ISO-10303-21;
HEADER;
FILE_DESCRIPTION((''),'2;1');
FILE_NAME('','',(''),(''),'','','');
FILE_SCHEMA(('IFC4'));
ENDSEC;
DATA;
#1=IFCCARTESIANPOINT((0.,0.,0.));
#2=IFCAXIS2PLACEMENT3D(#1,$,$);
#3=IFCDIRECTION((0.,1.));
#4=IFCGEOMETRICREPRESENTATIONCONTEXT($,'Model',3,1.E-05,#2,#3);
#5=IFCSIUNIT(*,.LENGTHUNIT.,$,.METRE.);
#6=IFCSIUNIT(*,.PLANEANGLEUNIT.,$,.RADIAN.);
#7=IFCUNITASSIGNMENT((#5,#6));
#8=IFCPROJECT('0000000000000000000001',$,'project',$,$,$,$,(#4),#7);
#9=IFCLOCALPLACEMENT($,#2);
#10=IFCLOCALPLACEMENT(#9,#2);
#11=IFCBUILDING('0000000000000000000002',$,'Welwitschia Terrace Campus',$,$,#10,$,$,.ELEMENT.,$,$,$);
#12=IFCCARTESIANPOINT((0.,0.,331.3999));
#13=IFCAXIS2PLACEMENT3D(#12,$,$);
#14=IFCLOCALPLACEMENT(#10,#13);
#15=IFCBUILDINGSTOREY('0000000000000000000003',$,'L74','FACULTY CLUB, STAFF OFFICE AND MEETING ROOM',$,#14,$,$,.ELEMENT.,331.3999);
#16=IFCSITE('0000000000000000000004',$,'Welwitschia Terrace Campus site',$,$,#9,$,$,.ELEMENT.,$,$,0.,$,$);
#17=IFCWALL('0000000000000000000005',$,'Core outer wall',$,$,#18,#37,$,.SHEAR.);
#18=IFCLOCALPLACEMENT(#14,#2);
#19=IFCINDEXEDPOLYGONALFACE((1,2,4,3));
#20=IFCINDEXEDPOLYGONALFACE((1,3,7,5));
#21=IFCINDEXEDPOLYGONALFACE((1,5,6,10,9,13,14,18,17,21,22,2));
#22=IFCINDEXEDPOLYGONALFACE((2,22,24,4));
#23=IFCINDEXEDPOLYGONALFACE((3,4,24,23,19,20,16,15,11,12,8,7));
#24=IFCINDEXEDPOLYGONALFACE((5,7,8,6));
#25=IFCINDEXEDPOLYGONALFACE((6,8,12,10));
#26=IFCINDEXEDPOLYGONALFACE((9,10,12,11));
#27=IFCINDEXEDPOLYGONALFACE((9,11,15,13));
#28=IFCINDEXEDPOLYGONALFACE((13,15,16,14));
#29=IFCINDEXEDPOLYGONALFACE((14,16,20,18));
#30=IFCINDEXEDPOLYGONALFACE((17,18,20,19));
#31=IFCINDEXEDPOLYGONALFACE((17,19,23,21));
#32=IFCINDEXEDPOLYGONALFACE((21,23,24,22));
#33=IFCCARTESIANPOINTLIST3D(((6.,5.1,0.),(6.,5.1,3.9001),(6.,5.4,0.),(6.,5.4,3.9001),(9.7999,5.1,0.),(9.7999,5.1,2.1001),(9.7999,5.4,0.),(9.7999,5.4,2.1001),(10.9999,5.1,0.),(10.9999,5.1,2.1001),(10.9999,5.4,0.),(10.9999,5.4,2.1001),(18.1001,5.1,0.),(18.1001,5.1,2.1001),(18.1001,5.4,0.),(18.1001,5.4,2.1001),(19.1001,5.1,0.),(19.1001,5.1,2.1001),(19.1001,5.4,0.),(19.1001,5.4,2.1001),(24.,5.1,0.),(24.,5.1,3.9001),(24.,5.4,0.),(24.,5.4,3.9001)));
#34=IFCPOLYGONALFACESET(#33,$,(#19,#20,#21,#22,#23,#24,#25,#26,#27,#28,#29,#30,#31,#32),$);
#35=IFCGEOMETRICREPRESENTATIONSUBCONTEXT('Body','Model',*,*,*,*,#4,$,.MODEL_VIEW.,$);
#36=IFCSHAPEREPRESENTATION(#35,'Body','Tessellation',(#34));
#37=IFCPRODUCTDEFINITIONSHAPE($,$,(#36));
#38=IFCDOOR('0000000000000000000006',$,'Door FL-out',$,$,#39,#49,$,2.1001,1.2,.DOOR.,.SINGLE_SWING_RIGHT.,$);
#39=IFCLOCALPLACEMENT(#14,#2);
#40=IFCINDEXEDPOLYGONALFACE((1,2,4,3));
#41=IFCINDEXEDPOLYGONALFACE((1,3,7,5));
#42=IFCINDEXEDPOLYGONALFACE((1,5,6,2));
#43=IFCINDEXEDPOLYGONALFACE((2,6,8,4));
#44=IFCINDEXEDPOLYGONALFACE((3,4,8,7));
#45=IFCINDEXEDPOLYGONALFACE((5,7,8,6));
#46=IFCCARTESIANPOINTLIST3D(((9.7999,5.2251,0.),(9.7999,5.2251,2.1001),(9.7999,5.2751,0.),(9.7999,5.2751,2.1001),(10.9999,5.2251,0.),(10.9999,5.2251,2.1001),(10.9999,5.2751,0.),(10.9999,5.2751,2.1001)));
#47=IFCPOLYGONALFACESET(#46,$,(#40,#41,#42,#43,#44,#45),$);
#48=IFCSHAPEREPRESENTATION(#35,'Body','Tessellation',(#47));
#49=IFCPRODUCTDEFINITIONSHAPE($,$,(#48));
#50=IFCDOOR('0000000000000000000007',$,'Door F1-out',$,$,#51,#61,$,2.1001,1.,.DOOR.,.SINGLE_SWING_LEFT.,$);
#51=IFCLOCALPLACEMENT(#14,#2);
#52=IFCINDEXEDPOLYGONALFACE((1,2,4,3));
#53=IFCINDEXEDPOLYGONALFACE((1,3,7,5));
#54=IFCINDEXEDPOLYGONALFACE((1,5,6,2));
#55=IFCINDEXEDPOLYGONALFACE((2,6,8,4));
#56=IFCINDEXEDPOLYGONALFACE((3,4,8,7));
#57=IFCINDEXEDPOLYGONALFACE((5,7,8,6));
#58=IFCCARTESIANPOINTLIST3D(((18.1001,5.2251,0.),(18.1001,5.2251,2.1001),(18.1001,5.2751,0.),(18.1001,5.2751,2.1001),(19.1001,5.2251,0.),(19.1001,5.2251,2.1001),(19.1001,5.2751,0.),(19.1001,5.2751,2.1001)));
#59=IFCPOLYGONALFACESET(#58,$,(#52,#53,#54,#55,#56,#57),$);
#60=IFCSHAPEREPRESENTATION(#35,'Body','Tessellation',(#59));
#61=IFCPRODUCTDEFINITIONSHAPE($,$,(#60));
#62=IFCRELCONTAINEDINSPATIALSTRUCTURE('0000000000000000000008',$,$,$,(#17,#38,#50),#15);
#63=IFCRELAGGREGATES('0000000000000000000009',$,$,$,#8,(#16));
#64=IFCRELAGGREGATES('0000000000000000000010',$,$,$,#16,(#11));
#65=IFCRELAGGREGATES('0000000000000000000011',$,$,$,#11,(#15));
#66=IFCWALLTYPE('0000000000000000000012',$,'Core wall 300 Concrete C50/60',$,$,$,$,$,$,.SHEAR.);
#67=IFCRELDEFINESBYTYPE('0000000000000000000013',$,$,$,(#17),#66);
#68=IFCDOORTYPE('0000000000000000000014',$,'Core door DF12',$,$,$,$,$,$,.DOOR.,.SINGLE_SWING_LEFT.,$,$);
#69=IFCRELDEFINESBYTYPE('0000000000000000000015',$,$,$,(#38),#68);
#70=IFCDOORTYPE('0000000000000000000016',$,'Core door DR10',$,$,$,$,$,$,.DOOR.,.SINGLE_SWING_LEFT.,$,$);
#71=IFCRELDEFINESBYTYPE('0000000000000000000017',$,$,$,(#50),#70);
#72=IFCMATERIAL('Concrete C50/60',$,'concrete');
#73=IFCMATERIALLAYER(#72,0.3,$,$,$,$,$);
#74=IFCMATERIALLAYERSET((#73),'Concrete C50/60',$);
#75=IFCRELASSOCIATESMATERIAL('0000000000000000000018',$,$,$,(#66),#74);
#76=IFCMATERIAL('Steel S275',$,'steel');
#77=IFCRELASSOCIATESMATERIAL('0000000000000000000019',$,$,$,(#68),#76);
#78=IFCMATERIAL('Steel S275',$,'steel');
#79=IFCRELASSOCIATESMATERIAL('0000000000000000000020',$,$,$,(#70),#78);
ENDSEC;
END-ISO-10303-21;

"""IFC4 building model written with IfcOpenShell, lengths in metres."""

from ifc_helpers import new_model, si_unit, direction, frame, frame_2d, origin, place, context, subcontext, project, spatial, rectangle, extrude, material, layer, layer_set, type_object, element, fill, save


model = new_model("IFC4")

# Units and contexts
model_context = context("Model", 3, precision=1e-05, world=origin(), true_north=direction((0.0, 1.0)))
body_context = subcontext(model_context, "Body", "Model", "MODEL_VIEW")
ifc_project = project(units=[si_unit("LENGTHUNIT", "METRE"), si_unit("PLANEANGLEUNIT", "RADIAN")], contexts=[model_context])

# Site, building, storey
site_placement = place(None, origin())
site = spatial("IfcSite", under=ifc_project, at=site_placement, Name="Welwitschia Terrace Campus site", CompositionType="ELEMENT", RefElevation=0.0)
building_placement = place(site_placement, origin())
building = spatial("IfcBuilding", under=site, at=building_placement, Name="Welwitschia Terrace Campus", CompositionType="ELEMENT")
storey_placement = place(building_placement, frame((0.0, 0.0, 331.3999)))
storey = spatial("IfcBuildingStorey", under=building, at=storey_placement, Name="L74", Description="FACULTY CLUB, STAFF OFFICE AND MEETING ROOM", CompositionType="ELEMENT", Elevation=331.3999)

# Wall, openings, doors
ifc_material_1 = material(Name="Concrete C50/60", Category="concrete")
ifc_layer_1 = layer(ifc_material_1, 0.3)
ifc_layer_set_1 = layer_set([ifc_layer_1], Name="Concrete C50/60")
wall_type_1 = type_object("IfcWallType", Name="Core wall 300 Concrete C50/60", PredefinedType="SHEAR", material=ifc_layer_set_1)
wall_1_placement = place(storey_placement, frame((24.0, 5.25, 0.0), z_axis=(0.0, 0.0, 1.0), x_axis=(-1.0, 0.0, 0.0)))
wall_1 = element("IfcWall", 1, at=wall_1_placement, inside=storey, type_object=wall_type_1, Name="Core outer wall", PredefinedType="SHEAR", context=body_context, shape_type="SweptSolid", body=[
    extrude(rectangle(XDim=18.0, YDim=0.3, at=frame_2d((9.0, 0.0))), origin(), (0.0, 0.0, 1.0), 3.9001),
])
opening_1_placement = place(wall_1_placement, frame((13.0, 0.0, 0.0)))
opening_1 = element("IfcOpeningElement", 2, at=opening_1_placement, cuts=wall_1, PredefinedType="OPENING", context=body_context, shape_type="SweptSolid", body=[
    extrude(rectangle(XDim=1.2, YDim=2.1001, at=frame_2d((0.6001, 1.05))), frame((0.0, 0.1599, 0.0), z_axis=(0.0, -1.0, 0.0), x_axis=(1.0, 0.0, 0.0)), (0.0, 0.0, 1.0), 0.3201),
])
opening_2_placement = place(wall_1_placement, frame((4.8999, 0.0, 0.0)))
opening_2 = element("IfcOpeningElement", 3, at=opening_2_placement, cuts=wall_1, PredefinedType="OPENING", context=body_context, shape_type="SweptSolid", body=[
    extrude(rectangle(XDim=1.0, YDim=2.1001, at=frame_2d((0.5, 1.05))), frame((0.0, 0.1599, 0.0), z_axis=(0.0, -1.0, 0.0), x_axis=(1.0, 0.0, 0.0)), (0.0, 0.0, 1.0), 0.3201),
])
ifc_material_2 = material(Name="Steel S275", Category="steel")
door_type_1 = type_object("IfcDoorType", Name="Core door DF12", OperationType="SINGLE_SWING_LEFT", PredefinedType="DOOR", material=ifc_material_2)
door_1_placement = place(opening_1_placement, origin())
door_1 = element("IfcDoor", 4, at=door_1_placement, inside=storey, type_object=door_type_1, Name="Door FL-out", OperationType="SINGLE_SWING_RIGHT", OverallHeight=2.1001, OverallWidth=1.2, PredefinedType="DOOR", context=body_context, shape_type="SweptSolid", body=[
    extrude(rectangle(XDim=1.2, YDim=2.1001, at=frame_2d((0.6001, 1.05))), frame((0.0, 0.0249, 0.0), z_axis=(0.0, -1.0, 0.0), x_axis=(1.0, 0.0, 0.0)), (0.0, 0.0, 1.0), 0.05),
])
fill(opening_1, door_1)
ifc_material_3 = material(Name="Steel S275", Category="steel")
door_type_2 = type_object("IfcDoorType", Name="Core door DR10", OperationType="SINGLE_SWING_LEFT", PredefinedType="DOOR", material=ifc_material_3)
door_2_placement = place(opening_2_placement, origin())
door_2 = element("IfcDoor", 5, at=door_2_placement, inside=storey, type_object=door_type_2, Name="Door F1-out", OperationType="SINGLE_SWING_LEFT", OverallHeight=2.1001, OverallWidth=1.0, PredefinedType="DOOR", context=body_context, shape_type="SweptSolid", body=[
    extrude(rectangle(XDim=1.0, YDim=2.1001, at=frame_2d((0.5, 1.05))), frame((0.0, 0.0249, 0.0), z_axis=(0.0, -1.0, 0.0), x_axis=(1.0, 0.0, 0.0)), (0.0, 0.0, 1.0), 0.05),
])
fill(opening_2, door_2)

save(model, "model.ifc")
